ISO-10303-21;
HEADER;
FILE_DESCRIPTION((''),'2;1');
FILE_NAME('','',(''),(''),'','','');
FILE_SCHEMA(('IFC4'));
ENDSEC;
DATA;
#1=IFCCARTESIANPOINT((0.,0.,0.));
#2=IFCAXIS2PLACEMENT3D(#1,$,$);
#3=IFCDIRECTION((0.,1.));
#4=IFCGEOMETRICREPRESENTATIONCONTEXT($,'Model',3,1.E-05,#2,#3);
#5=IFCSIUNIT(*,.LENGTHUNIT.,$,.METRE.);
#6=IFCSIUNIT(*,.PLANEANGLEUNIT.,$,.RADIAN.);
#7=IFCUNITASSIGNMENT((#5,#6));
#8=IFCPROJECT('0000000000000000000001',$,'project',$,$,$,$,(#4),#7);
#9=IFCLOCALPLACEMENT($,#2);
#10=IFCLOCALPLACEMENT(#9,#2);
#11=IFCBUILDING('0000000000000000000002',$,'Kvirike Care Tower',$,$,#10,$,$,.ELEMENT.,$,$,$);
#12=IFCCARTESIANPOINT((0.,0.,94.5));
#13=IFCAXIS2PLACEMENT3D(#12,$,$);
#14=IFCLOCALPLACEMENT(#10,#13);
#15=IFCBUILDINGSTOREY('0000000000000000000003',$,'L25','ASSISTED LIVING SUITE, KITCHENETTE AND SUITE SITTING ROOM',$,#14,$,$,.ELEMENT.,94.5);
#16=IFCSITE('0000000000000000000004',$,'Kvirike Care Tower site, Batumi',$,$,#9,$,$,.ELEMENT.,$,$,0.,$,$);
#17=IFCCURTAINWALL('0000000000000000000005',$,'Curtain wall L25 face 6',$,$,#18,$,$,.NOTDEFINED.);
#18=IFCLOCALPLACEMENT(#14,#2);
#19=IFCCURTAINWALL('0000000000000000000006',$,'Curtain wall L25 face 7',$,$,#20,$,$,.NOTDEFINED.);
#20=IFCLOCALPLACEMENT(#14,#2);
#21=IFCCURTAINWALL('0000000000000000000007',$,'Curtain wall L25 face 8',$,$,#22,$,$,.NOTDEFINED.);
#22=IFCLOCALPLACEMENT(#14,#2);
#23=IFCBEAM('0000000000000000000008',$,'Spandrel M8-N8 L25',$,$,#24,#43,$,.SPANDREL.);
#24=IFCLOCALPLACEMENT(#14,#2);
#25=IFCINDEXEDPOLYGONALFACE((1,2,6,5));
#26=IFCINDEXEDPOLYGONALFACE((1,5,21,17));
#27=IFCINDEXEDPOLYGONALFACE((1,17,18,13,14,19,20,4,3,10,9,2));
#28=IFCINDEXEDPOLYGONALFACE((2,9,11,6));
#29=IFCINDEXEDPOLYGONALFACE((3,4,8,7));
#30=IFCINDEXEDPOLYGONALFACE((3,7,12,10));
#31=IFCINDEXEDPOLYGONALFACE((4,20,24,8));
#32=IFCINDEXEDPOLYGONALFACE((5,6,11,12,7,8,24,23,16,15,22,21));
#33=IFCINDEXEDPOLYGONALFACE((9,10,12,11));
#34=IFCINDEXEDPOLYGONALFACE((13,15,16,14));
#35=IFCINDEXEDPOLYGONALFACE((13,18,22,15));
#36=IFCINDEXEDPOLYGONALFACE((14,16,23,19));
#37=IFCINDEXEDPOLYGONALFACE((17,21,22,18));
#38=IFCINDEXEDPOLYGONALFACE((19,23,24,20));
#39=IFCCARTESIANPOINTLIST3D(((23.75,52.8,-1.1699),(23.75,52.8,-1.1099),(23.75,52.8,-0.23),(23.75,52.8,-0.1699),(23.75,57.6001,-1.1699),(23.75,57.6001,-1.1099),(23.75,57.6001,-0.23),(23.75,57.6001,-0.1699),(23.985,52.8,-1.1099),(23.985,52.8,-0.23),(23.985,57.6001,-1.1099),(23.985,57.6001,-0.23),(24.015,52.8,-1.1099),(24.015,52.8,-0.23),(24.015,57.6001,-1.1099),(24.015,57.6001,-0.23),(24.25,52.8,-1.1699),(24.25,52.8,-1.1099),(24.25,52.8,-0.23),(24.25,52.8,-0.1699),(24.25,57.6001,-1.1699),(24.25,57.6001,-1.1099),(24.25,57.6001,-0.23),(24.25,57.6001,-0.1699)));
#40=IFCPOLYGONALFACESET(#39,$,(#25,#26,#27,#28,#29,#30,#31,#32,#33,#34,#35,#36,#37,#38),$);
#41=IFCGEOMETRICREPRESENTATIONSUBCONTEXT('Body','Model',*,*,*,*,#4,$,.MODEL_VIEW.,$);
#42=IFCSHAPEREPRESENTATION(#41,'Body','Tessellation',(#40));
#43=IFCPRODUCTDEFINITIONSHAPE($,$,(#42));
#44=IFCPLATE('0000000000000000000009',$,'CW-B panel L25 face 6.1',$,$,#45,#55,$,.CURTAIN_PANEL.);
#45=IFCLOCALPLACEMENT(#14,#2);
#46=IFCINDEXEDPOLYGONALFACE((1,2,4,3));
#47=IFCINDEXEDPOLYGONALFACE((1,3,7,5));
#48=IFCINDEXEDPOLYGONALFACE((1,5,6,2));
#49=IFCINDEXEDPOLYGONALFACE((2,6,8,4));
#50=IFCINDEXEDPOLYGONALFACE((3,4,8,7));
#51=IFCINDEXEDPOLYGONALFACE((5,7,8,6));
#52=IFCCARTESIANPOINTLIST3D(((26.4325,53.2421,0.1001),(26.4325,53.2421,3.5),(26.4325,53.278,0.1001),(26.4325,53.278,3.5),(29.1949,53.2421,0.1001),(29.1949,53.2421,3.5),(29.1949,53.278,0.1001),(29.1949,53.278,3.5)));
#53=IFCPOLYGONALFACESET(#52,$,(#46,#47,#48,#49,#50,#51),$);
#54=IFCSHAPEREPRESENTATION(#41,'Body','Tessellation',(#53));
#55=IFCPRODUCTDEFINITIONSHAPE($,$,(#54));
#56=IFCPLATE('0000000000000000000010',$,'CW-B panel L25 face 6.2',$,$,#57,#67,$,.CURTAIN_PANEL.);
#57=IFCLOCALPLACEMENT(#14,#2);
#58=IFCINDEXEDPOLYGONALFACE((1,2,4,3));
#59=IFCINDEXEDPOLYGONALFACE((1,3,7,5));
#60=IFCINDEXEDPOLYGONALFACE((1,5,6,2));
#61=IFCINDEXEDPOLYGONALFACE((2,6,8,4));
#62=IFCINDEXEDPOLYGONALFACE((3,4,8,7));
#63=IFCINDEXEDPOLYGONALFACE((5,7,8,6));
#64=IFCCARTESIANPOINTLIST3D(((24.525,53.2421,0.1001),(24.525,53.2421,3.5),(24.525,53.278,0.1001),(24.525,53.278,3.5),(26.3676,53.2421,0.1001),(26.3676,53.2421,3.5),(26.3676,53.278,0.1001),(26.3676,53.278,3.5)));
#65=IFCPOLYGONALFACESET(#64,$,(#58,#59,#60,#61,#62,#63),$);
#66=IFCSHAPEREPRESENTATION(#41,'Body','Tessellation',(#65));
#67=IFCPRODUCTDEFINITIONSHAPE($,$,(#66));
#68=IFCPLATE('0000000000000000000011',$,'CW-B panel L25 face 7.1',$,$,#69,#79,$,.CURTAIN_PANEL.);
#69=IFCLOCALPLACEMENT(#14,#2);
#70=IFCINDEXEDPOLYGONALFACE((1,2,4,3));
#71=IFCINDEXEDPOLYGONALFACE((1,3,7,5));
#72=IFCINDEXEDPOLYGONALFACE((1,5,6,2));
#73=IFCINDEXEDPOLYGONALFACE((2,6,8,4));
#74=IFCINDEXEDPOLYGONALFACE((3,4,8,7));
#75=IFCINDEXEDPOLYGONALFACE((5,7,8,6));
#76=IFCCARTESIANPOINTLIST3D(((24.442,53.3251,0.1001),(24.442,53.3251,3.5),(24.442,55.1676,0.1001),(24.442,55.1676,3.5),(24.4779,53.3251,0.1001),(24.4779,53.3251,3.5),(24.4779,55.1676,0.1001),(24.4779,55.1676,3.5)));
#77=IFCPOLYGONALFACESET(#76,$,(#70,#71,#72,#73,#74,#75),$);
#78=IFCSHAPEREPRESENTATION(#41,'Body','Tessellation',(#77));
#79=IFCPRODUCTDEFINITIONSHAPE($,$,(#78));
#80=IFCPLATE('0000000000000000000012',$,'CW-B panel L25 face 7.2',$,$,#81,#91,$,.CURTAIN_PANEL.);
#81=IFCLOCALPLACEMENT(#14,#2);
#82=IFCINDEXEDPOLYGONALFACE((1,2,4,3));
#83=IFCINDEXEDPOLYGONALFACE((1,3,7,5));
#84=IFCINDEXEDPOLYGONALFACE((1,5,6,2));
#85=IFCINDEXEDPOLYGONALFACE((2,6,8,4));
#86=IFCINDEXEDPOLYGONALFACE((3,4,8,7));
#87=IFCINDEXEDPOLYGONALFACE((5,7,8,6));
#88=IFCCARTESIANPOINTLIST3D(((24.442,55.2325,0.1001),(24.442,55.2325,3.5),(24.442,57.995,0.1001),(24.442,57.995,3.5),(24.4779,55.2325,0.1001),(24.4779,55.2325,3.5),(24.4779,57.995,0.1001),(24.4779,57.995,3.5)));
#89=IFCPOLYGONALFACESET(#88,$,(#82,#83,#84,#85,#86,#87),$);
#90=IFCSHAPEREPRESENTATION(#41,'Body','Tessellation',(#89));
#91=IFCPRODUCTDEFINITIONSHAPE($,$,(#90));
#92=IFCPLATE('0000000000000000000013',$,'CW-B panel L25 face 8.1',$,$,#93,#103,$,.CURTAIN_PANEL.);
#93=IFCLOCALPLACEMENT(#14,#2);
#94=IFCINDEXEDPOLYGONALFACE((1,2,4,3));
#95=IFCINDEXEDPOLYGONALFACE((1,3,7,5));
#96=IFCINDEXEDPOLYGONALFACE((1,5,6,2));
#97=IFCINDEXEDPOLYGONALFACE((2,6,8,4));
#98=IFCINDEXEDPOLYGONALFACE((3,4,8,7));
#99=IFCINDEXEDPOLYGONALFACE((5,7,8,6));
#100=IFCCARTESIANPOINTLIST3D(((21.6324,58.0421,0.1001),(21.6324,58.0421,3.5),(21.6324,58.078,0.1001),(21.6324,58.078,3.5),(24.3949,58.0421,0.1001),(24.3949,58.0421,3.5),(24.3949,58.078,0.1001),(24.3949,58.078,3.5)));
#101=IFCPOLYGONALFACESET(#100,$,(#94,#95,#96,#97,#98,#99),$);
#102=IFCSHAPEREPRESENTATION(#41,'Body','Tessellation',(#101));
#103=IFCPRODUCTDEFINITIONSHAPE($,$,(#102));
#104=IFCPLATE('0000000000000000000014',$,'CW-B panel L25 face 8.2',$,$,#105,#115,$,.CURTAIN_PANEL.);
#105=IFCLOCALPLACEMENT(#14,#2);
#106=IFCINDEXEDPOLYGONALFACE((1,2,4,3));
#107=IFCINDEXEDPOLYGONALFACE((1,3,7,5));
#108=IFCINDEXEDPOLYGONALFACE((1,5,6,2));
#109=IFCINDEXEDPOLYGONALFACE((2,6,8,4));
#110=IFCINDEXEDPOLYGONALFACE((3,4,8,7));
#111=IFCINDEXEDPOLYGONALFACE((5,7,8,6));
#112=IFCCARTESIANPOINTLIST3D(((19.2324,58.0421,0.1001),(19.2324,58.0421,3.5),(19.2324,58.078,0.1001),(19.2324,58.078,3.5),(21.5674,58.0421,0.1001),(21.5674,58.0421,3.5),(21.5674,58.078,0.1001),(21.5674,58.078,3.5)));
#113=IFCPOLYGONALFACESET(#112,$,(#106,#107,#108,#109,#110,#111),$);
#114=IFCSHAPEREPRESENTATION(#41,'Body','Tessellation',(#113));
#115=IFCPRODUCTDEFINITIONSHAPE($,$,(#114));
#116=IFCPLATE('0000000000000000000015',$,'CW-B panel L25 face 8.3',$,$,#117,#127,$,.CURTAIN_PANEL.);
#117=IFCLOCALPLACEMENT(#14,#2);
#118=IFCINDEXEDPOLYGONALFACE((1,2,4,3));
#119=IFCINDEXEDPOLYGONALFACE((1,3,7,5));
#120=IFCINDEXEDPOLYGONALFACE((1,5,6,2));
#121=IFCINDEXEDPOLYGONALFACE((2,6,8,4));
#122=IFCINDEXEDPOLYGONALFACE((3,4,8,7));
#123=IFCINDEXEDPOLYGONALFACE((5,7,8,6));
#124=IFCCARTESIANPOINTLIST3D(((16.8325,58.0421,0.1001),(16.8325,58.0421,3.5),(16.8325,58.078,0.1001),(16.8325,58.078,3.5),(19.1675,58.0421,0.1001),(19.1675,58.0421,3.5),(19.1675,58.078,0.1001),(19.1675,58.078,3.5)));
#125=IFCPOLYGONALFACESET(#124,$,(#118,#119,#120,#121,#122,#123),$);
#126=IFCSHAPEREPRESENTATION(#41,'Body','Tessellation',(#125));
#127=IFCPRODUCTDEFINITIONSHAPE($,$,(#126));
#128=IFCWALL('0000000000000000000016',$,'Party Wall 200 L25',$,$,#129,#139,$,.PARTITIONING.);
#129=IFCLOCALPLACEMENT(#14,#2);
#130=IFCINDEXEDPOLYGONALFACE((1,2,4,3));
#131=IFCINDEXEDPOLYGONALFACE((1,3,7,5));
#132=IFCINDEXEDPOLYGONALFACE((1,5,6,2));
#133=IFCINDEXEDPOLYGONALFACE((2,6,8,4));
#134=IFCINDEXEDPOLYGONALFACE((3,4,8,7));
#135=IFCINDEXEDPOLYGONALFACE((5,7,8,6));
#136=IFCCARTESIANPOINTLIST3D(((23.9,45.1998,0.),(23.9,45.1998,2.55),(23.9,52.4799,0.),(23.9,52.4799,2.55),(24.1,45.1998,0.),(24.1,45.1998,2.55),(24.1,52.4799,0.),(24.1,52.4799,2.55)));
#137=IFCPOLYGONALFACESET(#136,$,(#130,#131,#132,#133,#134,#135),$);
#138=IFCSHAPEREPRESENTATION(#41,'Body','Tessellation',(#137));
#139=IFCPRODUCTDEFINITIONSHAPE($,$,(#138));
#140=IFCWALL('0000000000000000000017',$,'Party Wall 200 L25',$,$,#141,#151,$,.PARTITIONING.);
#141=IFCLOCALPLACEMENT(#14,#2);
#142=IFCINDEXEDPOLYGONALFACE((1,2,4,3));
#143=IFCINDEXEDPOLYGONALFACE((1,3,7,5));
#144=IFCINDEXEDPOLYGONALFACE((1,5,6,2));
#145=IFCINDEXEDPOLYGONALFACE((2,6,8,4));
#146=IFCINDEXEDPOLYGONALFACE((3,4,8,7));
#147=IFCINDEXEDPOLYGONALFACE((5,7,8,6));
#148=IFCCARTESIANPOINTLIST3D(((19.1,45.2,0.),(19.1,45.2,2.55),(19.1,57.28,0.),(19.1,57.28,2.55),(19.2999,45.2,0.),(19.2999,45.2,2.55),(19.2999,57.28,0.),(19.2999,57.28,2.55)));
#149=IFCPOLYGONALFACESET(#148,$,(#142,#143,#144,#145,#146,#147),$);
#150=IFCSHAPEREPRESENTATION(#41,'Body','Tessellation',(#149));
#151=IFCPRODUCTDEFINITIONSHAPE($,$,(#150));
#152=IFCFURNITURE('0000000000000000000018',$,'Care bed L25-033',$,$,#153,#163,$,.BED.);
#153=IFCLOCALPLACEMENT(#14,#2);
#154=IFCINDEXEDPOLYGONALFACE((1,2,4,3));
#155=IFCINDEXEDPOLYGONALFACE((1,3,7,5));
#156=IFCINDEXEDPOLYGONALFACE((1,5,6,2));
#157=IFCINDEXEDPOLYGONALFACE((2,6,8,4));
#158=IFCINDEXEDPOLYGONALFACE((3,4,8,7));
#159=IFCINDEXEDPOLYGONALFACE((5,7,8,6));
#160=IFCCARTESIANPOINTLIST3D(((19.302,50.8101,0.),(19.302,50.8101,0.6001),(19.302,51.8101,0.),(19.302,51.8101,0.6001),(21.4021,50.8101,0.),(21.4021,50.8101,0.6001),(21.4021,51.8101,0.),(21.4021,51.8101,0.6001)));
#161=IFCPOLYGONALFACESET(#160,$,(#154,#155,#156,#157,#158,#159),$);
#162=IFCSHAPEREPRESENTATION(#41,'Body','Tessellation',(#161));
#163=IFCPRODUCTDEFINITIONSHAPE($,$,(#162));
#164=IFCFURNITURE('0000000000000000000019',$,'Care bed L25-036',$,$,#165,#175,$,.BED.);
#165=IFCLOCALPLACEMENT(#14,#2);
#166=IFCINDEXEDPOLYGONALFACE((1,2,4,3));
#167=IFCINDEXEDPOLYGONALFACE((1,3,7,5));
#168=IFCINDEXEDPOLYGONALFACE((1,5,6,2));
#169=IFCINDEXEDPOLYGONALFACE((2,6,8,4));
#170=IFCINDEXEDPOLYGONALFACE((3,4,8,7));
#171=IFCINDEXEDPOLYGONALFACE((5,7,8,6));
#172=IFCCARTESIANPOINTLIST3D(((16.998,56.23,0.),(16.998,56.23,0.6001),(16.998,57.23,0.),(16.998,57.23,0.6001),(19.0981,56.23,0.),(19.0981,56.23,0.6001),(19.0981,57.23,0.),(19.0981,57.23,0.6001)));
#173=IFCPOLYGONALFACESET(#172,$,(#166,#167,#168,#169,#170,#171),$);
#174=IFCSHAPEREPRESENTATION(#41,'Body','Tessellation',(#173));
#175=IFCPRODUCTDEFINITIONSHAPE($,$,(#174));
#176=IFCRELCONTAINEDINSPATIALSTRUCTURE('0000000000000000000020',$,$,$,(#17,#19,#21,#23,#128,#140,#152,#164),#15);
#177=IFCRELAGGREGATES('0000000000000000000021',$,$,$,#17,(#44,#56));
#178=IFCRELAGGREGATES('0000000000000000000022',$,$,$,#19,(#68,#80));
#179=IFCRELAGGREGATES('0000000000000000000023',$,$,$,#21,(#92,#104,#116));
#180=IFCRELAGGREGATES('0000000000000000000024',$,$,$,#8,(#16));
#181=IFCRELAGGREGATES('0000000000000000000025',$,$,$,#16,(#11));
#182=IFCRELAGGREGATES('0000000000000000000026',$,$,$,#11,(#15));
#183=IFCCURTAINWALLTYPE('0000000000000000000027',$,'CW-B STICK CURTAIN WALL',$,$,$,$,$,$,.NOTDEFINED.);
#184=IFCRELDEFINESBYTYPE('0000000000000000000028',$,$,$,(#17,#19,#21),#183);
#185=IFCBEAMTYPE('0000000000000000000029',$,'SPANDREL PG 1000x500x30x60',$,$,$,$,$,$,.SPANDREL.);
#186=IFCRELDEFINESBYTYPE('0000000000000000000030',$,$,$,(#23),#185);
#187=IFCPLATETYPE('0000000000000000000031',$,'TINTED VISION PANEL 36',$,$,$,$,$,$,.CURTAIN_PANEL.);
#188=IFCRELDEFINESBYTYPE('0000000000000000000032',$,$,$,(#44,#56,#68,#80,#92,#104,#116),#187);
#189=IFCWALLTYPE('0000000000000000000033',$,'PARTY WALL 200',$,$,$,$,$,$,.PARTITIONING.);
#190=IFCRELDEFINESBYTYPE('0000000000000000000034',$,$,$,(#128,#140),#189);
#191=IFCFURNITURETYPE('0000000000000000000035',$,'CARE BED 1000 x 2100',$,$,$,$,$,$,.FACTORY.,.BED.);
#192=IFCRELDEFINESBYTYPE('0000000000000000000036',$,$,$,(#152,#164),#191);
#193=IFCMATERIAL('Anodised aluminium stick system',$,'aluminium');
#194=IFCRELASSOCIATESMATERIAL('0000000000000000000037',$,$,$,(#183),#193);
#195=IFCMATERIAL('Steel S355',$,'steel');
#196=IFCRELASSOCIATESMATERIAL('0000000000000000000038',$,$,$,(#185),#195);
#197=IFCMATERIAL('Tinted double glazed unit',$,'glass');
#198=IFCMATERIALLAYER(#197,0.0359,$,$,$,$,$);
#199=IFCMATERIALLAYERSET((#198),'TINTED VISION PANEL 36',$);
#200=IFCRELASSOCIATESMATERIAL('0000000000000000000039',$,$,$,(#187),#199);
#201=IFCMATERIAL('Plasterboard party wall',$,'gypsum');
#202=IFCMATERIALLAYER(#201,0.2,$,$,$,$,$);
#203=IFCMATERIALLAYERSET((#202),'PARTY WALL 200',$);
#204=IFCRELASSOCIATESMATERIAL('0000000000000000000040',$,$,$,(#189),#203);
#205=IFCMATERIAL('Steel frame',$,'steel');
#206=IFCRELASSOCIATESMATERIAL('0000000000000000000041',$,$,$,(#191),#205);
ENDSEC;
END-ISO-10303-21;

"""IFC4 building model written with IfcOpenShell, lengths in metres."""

from ifc_helpers import new_model, si_unit, direction, frame, frame_2d, origin, origin_2d, place, context, subcontext, project, spatial, rectangle, i_section, extrude, material, layer, layer_set, material_profile, profile_set, type_object, element, aggregate, save


model = new_model("IFC4")

# Units and contexts
model_context = context("Model", 3, precision=1e-05, world=origin(), true_north=direction((0.0, 1.0)))
body_context = subcontext(model_context, "Body", "Model", "MODEL_VIEW")
ifc_project = project(units=[si_unit("LENGTHUNIT", "METRE"), si_unit("PLANEANGLEUNIT", "RADIAN")], contexts=[model_context])

# Site, building, storey
site_placement = place(None, origin())
site = spatial("IfcSite", under=ifc_project, at=site_placement, Name="Kvirike Care Tower site, Batumi", CompositionType="ELEMENT", RefElevation=0.0)
building_placement = place(site_placement, origin())
building = spatial("IfcBuilding", under=site, at=building_placement, Name="Kvirike Care Tower", CompositionType="ELEMENT")
storey_placement = place(building_placement, frame((0.0, 0.0, 94.5)))
storey = spatial("IfcBuildingStorey", under=building, at=storey_placement, Name="L25", Description="ASSISTED LIVING SUITE, KITCHENETTE AND SUITE SITTING ROOM", CompositionType="ELEMENT", Elevation=94.5)

# Curtain walls
ifc_material_1 = material(Name="Anodised aluminium stick system", Category="aluminium")
curtain_wall_type = type_object("IfcCurtainWallType", Name="CW-B STICK CURTAIN WALL", PredefinedType="NOTDEFINED", material=ifc_material_1)
curtain_wall_1_placement = place(storey_placement, origin())
curtain_wall_1 = element("IfcCurtainWall", 1, at=curtain_wall_1_placement, inside=storey, type_object=curtain_wall_type, Name="Curtain wall L25 face 6", PredefinedType="NOTDEFINED")
curtain_wall_2_placement = place(storey_placement, origin())
curtain_wall_2 = element("IfcCurtainWall", 2, at=curtain_wall_2_placement, inside=storey, type_object=curtain_wall_type, Name="Curtain wall L25 face 7", PredefinedType="NOTDEFINED")
curtain_wall_3_placement = place(storey_placement, origin())
curtain_wall_3 = element("IfcCurtainWall", 3, at=curtain_wall_3_placement, inside=storey, type_object=curtain_wall_type, Name="Curtain wall L25 face 8", PredefinedType="NOTDEFINED")

# Beam
ifc_material_2 = material(Name="Steel S355", Category="steel")
ifc_material_profile_1 = material_profile(ifc_material_2, i_section(OverallWidth=0.5, OverallDepth=1.0, WebThickness=0.03, FlangeThickness=0.0601, at=origin_2d()), Name="PG 1000x500x30x60")
ifc_profile_set_1 = profile_set([ifc_material_profile_1], Name="Steel S355")
beam_type = type_object("IfcBeamType", Name="SPANDREL PG 1000x500x30x60", PredefinedType="SPANDREL", material=ifc_profile_set_1)
for number, where, z_axis, x_axis, name in (
    (4, (24.0, 52.8, -0.6699), (0.0, 1.0, 0.0), (-1.0, 0.0, 0.0), "Spandrel M8-N8 L25"),
):
    element("IfcBeam", number, at=place(storey_placement, frame(where, z_axis=z_axis, x_axis=x_axis)), inside=storey, type_object=beam_type, Name=name, PredefinedType="SPANDREL", context=body_context, shape_type="SweptSolid", body=[
        extrude(i_section(OverallWidth=0.5, OverallDepth=1.0, WebThickness=0.03, FlangeThickness=0.0601, at=origin_2d()), origin(), (0.0, 0.0, 1.0), 4.8),
    ])

# Plates
ifc_material_3 = material(Name="Tinted double glazed unit", Category="glass")
ifc_layer_1 = layer(ifc_material_3, 0.0359)
ifc_layer_set_1 = layer_set([ifc_layer_1], Name="TINTED VISION PANEL 36")
plate_type = type_object("IfcPlateType", Name="TINTED VISION PANEL 36", PredefinedType="CURTAIN_PANEL", material=ifc_layer_set_1)
plate_1_placement = place(storey_placement, frame((27.8137, 53.26, 0.1001), z_axis=(0.0, 0.0, 1.0), x_axis=(-1.0, 0.0, 0.0)))
plate_1 = element("IfcPlate", 5, at=plate_1_placement, type_object=plate_type, Name="CW-B panel L25 face 6.1", PredefinedType="CURTAIN_PANEL", context=body_context, shape_type="SweptSolid", body=[
    extrude(rectangle(XDim=2.7625, YDim=0.0359, at=origin_2d()), origin(), (0.0, 0.0, 1.0), 3.3999),
])
plate_2_placement = place(storey_placement, frame((25.4463, 53.26, 0.1001), z_axis=(0.0, 0.0, 1.0), x_axis=(-1.0, 0.0, 0.0)))
plate_2 = element("IfcPlate", 6, at=plate_2_placement, type_object=plate_type, Name="CW-B panel L25 face 6.2", PredefinedType="CURTAIN_PANEL", context=body_context, shape_type="SweptSolid", body=[
    extrude(rectangle(XDim=1.8425, YDim=0.0359, at=origin_2d()), origin(), (0.0, 0.0, 1.0), 3.3999),
])
aggregate(curtain_wall_1, [plate_1, plate_2])
plate_3_placement = place(storey_placement, frame((24.46, 54.2463, 0.1001), z_axis=(0.0, 0.0, 1.0), x_axis=(0.0, 1.0, 0.0)))
plate_3 = element("IfcPlate", 7, at=plate_3_placement, type_object=plate_type, Name="CW-B panel L25 face 7.1", PredefinedType="CURTAIN_PANEL", context=body_context, shape_type="SweptSolid", body=[
    extrude(rectangle(XDim=1.8425, YDim=0.0359, at=origin_2d()), origin(), (0.0, 0.0, 1.0), 3.3999),
])
plate_4_placement = place(storey_placement, frame((24.46, 56.6138, 0.1001), z_axis=(0.0, 0.0, 1.0), x_axis=(0.0, 1.0, 0.0)))
plate_4 = element("IfcPlate", 8, at=plate_4_placement, type_object=plate_type, Name="CW-B panel L25 face 7.2", PredefinedType="CURTAIN_PANEL", context=body_context, shape_type="SweptSolid", body=[
    extrude(rectangle(XDim=2.7625, YDim=0.0359, at=origin_2d()), origin(), (0.0, 0.0, 1.0), 3.3999),
])
aggregate(curtain_wall_2, [plate_3, plate_4])
plate_5_placement = place(storey_placement, frame((23.0137, 58.0601, 0.1001), z_axis=(0.0, 0.0, 1.0), x_axis=(-1.0, 0.0, 0.0)))
plate_5 = element("IfcPlate", 9, at=plate_5_placement, type_object=plate_type, Name="CW-B panel L25 face 8.1", PredefinedType="CURTAIN_PANEL", context=body_context, shape_type="SweptSolid", body=[
    extrude(rectangle(XDim=2.7625, YDim=0.0359, at=origin_2d()), origin(), (0.0, 0.0, 1.0), 3.3999),
])
plate_6_placement = place(storey_placement, frame((20.3999, 58.0601, 0.1001), z_axis=(0.0, 0.0, 1.0), x_axis=(-1.0, 0.0, 0.0)))
plate_6 = element("IfcPlate", 10, at=plate_6_placement, type_object=plate_type, Name="CW-B panel L25 face 8.2", PredefinedType="CURTAIN_PANEL", context=body_context, shape_type="SweptSolid", body=[
    extrude(rectangle(XDim=2.335, YDim=0.0359, at=origin_2d()), origin(), (0.0, 0.0, 1.0), 3.3999),
])
plate_7_placement = place(storey_placement, frame((18.0, 58.0601, 0.1001), z_axis=(0.0, 0.0, 1.0), x_axis=(-1.0, 0.0, 0.0)))
plate_7 = element("IfcPlate", 11, at=plate_7_placement, type_object=plate_type, Name="CW-B panel L25 face 8.3", PredefinedType="CURTAIN_PANEL", context=body_context, shape_type="SweptSolid", body=[
    extrude(rectangle(XDim=2.335, YDim=0.0359, at=origin_2d()), origin(), (0.0, 0.0, 1.0), 3.3999),
])
aggregate(curtain_wall_3, [plate_5, plate_6, plate_7])

# Walls
ifc_material_4 = material(Name="Plasterboard party wall", Category="gypsum")
ifc_layer_2 = layer(ifc_material_4, 0.2)
ifc_layer_set_2 = layer_set([ifc_layer_2], Name="PARTY WALL 200")
wall_type = type_object("IfcWallType", Name="PARTY WALL 200", PredefinedType="PARTITIONING", material=ifc_layer_set_2)
wall_1_placement = place(storey_placement, frame((24.0, 52.48, 0.0), z_axis=(0.0, 0.0, 1.0), x_axis=(0.0, -1.0, 0.0)))
element("IfcWall", 12, at=wall_1_placement, inside=storey, type_object=wall_type, Name="Party Wall 200 L25", PredefinedType="PARTITIONING", context=body_context, shape_type="SweptSolid", body=[
    extrude(rectangle(XDim=7.28, YDim=0.2, at=frame_2d((3.6401, 0.0))), origin(), (0.0, 0.0, 1.0), 2.55),
])
wall_2_placement = place(storey_placement, frame((19.2, 57.28, 0.0), z_axis=(0.0, 0.0, 1.0), x_axis=(0.0, -1.0, 0.0)))
element("IfcWall", 13, at=wall_2_placement, inside=storey, type_object=wall_type, Name="Party Wall 200 L25", PredefinedType="PARTITIONING", context=body_context, shape_type="SweptSolid", body=[
    extrude(rectangle(XDim=12.0801, YDim=0.2, at=frame_2d((6.04, 0.0))), origin(), (0.0, 0.0, 1.0), 2.55),
])

# Furniture
ifc_material_5 = material(Name="Steel frame", Category="steel")
furniture_type = type_object("IfcFurnitureType", Name="CARE BED 1000 x 2100", AssemblyPlace="FACTORY", PredefinedType="BED", material=ifc_material_5)
for number, where, z_axis, x_axis, name in (
    (14, (20.3521, 51.3101, 0.0), (0.0, 0.0, 1.0), (0.0, 1.0, 0.0), "Care bed L25-033"),
    (15, (18.0481, 56.73, 0.0), (0.0, 0.0, 1.0), (0.0, -1.0, 0.0), "Care bed L25-036"),
):
    element("IfcFurniture", number, at=place(storey_placement, frame(where, z_axis=z_axis, x_axis=x_axis)), inside=storey, type_object=furniture_type, Name=name, PredefinedType="BED", context=body_context, shape_type="SweptSolid", body=[
        extrude(rectangle(XDim=1.0, YDim=2.1001, at=origin_2d()), origin(), (0.0, 0.0, 1.0), 0.6001),
    ])

save(model, "model.ifc")
